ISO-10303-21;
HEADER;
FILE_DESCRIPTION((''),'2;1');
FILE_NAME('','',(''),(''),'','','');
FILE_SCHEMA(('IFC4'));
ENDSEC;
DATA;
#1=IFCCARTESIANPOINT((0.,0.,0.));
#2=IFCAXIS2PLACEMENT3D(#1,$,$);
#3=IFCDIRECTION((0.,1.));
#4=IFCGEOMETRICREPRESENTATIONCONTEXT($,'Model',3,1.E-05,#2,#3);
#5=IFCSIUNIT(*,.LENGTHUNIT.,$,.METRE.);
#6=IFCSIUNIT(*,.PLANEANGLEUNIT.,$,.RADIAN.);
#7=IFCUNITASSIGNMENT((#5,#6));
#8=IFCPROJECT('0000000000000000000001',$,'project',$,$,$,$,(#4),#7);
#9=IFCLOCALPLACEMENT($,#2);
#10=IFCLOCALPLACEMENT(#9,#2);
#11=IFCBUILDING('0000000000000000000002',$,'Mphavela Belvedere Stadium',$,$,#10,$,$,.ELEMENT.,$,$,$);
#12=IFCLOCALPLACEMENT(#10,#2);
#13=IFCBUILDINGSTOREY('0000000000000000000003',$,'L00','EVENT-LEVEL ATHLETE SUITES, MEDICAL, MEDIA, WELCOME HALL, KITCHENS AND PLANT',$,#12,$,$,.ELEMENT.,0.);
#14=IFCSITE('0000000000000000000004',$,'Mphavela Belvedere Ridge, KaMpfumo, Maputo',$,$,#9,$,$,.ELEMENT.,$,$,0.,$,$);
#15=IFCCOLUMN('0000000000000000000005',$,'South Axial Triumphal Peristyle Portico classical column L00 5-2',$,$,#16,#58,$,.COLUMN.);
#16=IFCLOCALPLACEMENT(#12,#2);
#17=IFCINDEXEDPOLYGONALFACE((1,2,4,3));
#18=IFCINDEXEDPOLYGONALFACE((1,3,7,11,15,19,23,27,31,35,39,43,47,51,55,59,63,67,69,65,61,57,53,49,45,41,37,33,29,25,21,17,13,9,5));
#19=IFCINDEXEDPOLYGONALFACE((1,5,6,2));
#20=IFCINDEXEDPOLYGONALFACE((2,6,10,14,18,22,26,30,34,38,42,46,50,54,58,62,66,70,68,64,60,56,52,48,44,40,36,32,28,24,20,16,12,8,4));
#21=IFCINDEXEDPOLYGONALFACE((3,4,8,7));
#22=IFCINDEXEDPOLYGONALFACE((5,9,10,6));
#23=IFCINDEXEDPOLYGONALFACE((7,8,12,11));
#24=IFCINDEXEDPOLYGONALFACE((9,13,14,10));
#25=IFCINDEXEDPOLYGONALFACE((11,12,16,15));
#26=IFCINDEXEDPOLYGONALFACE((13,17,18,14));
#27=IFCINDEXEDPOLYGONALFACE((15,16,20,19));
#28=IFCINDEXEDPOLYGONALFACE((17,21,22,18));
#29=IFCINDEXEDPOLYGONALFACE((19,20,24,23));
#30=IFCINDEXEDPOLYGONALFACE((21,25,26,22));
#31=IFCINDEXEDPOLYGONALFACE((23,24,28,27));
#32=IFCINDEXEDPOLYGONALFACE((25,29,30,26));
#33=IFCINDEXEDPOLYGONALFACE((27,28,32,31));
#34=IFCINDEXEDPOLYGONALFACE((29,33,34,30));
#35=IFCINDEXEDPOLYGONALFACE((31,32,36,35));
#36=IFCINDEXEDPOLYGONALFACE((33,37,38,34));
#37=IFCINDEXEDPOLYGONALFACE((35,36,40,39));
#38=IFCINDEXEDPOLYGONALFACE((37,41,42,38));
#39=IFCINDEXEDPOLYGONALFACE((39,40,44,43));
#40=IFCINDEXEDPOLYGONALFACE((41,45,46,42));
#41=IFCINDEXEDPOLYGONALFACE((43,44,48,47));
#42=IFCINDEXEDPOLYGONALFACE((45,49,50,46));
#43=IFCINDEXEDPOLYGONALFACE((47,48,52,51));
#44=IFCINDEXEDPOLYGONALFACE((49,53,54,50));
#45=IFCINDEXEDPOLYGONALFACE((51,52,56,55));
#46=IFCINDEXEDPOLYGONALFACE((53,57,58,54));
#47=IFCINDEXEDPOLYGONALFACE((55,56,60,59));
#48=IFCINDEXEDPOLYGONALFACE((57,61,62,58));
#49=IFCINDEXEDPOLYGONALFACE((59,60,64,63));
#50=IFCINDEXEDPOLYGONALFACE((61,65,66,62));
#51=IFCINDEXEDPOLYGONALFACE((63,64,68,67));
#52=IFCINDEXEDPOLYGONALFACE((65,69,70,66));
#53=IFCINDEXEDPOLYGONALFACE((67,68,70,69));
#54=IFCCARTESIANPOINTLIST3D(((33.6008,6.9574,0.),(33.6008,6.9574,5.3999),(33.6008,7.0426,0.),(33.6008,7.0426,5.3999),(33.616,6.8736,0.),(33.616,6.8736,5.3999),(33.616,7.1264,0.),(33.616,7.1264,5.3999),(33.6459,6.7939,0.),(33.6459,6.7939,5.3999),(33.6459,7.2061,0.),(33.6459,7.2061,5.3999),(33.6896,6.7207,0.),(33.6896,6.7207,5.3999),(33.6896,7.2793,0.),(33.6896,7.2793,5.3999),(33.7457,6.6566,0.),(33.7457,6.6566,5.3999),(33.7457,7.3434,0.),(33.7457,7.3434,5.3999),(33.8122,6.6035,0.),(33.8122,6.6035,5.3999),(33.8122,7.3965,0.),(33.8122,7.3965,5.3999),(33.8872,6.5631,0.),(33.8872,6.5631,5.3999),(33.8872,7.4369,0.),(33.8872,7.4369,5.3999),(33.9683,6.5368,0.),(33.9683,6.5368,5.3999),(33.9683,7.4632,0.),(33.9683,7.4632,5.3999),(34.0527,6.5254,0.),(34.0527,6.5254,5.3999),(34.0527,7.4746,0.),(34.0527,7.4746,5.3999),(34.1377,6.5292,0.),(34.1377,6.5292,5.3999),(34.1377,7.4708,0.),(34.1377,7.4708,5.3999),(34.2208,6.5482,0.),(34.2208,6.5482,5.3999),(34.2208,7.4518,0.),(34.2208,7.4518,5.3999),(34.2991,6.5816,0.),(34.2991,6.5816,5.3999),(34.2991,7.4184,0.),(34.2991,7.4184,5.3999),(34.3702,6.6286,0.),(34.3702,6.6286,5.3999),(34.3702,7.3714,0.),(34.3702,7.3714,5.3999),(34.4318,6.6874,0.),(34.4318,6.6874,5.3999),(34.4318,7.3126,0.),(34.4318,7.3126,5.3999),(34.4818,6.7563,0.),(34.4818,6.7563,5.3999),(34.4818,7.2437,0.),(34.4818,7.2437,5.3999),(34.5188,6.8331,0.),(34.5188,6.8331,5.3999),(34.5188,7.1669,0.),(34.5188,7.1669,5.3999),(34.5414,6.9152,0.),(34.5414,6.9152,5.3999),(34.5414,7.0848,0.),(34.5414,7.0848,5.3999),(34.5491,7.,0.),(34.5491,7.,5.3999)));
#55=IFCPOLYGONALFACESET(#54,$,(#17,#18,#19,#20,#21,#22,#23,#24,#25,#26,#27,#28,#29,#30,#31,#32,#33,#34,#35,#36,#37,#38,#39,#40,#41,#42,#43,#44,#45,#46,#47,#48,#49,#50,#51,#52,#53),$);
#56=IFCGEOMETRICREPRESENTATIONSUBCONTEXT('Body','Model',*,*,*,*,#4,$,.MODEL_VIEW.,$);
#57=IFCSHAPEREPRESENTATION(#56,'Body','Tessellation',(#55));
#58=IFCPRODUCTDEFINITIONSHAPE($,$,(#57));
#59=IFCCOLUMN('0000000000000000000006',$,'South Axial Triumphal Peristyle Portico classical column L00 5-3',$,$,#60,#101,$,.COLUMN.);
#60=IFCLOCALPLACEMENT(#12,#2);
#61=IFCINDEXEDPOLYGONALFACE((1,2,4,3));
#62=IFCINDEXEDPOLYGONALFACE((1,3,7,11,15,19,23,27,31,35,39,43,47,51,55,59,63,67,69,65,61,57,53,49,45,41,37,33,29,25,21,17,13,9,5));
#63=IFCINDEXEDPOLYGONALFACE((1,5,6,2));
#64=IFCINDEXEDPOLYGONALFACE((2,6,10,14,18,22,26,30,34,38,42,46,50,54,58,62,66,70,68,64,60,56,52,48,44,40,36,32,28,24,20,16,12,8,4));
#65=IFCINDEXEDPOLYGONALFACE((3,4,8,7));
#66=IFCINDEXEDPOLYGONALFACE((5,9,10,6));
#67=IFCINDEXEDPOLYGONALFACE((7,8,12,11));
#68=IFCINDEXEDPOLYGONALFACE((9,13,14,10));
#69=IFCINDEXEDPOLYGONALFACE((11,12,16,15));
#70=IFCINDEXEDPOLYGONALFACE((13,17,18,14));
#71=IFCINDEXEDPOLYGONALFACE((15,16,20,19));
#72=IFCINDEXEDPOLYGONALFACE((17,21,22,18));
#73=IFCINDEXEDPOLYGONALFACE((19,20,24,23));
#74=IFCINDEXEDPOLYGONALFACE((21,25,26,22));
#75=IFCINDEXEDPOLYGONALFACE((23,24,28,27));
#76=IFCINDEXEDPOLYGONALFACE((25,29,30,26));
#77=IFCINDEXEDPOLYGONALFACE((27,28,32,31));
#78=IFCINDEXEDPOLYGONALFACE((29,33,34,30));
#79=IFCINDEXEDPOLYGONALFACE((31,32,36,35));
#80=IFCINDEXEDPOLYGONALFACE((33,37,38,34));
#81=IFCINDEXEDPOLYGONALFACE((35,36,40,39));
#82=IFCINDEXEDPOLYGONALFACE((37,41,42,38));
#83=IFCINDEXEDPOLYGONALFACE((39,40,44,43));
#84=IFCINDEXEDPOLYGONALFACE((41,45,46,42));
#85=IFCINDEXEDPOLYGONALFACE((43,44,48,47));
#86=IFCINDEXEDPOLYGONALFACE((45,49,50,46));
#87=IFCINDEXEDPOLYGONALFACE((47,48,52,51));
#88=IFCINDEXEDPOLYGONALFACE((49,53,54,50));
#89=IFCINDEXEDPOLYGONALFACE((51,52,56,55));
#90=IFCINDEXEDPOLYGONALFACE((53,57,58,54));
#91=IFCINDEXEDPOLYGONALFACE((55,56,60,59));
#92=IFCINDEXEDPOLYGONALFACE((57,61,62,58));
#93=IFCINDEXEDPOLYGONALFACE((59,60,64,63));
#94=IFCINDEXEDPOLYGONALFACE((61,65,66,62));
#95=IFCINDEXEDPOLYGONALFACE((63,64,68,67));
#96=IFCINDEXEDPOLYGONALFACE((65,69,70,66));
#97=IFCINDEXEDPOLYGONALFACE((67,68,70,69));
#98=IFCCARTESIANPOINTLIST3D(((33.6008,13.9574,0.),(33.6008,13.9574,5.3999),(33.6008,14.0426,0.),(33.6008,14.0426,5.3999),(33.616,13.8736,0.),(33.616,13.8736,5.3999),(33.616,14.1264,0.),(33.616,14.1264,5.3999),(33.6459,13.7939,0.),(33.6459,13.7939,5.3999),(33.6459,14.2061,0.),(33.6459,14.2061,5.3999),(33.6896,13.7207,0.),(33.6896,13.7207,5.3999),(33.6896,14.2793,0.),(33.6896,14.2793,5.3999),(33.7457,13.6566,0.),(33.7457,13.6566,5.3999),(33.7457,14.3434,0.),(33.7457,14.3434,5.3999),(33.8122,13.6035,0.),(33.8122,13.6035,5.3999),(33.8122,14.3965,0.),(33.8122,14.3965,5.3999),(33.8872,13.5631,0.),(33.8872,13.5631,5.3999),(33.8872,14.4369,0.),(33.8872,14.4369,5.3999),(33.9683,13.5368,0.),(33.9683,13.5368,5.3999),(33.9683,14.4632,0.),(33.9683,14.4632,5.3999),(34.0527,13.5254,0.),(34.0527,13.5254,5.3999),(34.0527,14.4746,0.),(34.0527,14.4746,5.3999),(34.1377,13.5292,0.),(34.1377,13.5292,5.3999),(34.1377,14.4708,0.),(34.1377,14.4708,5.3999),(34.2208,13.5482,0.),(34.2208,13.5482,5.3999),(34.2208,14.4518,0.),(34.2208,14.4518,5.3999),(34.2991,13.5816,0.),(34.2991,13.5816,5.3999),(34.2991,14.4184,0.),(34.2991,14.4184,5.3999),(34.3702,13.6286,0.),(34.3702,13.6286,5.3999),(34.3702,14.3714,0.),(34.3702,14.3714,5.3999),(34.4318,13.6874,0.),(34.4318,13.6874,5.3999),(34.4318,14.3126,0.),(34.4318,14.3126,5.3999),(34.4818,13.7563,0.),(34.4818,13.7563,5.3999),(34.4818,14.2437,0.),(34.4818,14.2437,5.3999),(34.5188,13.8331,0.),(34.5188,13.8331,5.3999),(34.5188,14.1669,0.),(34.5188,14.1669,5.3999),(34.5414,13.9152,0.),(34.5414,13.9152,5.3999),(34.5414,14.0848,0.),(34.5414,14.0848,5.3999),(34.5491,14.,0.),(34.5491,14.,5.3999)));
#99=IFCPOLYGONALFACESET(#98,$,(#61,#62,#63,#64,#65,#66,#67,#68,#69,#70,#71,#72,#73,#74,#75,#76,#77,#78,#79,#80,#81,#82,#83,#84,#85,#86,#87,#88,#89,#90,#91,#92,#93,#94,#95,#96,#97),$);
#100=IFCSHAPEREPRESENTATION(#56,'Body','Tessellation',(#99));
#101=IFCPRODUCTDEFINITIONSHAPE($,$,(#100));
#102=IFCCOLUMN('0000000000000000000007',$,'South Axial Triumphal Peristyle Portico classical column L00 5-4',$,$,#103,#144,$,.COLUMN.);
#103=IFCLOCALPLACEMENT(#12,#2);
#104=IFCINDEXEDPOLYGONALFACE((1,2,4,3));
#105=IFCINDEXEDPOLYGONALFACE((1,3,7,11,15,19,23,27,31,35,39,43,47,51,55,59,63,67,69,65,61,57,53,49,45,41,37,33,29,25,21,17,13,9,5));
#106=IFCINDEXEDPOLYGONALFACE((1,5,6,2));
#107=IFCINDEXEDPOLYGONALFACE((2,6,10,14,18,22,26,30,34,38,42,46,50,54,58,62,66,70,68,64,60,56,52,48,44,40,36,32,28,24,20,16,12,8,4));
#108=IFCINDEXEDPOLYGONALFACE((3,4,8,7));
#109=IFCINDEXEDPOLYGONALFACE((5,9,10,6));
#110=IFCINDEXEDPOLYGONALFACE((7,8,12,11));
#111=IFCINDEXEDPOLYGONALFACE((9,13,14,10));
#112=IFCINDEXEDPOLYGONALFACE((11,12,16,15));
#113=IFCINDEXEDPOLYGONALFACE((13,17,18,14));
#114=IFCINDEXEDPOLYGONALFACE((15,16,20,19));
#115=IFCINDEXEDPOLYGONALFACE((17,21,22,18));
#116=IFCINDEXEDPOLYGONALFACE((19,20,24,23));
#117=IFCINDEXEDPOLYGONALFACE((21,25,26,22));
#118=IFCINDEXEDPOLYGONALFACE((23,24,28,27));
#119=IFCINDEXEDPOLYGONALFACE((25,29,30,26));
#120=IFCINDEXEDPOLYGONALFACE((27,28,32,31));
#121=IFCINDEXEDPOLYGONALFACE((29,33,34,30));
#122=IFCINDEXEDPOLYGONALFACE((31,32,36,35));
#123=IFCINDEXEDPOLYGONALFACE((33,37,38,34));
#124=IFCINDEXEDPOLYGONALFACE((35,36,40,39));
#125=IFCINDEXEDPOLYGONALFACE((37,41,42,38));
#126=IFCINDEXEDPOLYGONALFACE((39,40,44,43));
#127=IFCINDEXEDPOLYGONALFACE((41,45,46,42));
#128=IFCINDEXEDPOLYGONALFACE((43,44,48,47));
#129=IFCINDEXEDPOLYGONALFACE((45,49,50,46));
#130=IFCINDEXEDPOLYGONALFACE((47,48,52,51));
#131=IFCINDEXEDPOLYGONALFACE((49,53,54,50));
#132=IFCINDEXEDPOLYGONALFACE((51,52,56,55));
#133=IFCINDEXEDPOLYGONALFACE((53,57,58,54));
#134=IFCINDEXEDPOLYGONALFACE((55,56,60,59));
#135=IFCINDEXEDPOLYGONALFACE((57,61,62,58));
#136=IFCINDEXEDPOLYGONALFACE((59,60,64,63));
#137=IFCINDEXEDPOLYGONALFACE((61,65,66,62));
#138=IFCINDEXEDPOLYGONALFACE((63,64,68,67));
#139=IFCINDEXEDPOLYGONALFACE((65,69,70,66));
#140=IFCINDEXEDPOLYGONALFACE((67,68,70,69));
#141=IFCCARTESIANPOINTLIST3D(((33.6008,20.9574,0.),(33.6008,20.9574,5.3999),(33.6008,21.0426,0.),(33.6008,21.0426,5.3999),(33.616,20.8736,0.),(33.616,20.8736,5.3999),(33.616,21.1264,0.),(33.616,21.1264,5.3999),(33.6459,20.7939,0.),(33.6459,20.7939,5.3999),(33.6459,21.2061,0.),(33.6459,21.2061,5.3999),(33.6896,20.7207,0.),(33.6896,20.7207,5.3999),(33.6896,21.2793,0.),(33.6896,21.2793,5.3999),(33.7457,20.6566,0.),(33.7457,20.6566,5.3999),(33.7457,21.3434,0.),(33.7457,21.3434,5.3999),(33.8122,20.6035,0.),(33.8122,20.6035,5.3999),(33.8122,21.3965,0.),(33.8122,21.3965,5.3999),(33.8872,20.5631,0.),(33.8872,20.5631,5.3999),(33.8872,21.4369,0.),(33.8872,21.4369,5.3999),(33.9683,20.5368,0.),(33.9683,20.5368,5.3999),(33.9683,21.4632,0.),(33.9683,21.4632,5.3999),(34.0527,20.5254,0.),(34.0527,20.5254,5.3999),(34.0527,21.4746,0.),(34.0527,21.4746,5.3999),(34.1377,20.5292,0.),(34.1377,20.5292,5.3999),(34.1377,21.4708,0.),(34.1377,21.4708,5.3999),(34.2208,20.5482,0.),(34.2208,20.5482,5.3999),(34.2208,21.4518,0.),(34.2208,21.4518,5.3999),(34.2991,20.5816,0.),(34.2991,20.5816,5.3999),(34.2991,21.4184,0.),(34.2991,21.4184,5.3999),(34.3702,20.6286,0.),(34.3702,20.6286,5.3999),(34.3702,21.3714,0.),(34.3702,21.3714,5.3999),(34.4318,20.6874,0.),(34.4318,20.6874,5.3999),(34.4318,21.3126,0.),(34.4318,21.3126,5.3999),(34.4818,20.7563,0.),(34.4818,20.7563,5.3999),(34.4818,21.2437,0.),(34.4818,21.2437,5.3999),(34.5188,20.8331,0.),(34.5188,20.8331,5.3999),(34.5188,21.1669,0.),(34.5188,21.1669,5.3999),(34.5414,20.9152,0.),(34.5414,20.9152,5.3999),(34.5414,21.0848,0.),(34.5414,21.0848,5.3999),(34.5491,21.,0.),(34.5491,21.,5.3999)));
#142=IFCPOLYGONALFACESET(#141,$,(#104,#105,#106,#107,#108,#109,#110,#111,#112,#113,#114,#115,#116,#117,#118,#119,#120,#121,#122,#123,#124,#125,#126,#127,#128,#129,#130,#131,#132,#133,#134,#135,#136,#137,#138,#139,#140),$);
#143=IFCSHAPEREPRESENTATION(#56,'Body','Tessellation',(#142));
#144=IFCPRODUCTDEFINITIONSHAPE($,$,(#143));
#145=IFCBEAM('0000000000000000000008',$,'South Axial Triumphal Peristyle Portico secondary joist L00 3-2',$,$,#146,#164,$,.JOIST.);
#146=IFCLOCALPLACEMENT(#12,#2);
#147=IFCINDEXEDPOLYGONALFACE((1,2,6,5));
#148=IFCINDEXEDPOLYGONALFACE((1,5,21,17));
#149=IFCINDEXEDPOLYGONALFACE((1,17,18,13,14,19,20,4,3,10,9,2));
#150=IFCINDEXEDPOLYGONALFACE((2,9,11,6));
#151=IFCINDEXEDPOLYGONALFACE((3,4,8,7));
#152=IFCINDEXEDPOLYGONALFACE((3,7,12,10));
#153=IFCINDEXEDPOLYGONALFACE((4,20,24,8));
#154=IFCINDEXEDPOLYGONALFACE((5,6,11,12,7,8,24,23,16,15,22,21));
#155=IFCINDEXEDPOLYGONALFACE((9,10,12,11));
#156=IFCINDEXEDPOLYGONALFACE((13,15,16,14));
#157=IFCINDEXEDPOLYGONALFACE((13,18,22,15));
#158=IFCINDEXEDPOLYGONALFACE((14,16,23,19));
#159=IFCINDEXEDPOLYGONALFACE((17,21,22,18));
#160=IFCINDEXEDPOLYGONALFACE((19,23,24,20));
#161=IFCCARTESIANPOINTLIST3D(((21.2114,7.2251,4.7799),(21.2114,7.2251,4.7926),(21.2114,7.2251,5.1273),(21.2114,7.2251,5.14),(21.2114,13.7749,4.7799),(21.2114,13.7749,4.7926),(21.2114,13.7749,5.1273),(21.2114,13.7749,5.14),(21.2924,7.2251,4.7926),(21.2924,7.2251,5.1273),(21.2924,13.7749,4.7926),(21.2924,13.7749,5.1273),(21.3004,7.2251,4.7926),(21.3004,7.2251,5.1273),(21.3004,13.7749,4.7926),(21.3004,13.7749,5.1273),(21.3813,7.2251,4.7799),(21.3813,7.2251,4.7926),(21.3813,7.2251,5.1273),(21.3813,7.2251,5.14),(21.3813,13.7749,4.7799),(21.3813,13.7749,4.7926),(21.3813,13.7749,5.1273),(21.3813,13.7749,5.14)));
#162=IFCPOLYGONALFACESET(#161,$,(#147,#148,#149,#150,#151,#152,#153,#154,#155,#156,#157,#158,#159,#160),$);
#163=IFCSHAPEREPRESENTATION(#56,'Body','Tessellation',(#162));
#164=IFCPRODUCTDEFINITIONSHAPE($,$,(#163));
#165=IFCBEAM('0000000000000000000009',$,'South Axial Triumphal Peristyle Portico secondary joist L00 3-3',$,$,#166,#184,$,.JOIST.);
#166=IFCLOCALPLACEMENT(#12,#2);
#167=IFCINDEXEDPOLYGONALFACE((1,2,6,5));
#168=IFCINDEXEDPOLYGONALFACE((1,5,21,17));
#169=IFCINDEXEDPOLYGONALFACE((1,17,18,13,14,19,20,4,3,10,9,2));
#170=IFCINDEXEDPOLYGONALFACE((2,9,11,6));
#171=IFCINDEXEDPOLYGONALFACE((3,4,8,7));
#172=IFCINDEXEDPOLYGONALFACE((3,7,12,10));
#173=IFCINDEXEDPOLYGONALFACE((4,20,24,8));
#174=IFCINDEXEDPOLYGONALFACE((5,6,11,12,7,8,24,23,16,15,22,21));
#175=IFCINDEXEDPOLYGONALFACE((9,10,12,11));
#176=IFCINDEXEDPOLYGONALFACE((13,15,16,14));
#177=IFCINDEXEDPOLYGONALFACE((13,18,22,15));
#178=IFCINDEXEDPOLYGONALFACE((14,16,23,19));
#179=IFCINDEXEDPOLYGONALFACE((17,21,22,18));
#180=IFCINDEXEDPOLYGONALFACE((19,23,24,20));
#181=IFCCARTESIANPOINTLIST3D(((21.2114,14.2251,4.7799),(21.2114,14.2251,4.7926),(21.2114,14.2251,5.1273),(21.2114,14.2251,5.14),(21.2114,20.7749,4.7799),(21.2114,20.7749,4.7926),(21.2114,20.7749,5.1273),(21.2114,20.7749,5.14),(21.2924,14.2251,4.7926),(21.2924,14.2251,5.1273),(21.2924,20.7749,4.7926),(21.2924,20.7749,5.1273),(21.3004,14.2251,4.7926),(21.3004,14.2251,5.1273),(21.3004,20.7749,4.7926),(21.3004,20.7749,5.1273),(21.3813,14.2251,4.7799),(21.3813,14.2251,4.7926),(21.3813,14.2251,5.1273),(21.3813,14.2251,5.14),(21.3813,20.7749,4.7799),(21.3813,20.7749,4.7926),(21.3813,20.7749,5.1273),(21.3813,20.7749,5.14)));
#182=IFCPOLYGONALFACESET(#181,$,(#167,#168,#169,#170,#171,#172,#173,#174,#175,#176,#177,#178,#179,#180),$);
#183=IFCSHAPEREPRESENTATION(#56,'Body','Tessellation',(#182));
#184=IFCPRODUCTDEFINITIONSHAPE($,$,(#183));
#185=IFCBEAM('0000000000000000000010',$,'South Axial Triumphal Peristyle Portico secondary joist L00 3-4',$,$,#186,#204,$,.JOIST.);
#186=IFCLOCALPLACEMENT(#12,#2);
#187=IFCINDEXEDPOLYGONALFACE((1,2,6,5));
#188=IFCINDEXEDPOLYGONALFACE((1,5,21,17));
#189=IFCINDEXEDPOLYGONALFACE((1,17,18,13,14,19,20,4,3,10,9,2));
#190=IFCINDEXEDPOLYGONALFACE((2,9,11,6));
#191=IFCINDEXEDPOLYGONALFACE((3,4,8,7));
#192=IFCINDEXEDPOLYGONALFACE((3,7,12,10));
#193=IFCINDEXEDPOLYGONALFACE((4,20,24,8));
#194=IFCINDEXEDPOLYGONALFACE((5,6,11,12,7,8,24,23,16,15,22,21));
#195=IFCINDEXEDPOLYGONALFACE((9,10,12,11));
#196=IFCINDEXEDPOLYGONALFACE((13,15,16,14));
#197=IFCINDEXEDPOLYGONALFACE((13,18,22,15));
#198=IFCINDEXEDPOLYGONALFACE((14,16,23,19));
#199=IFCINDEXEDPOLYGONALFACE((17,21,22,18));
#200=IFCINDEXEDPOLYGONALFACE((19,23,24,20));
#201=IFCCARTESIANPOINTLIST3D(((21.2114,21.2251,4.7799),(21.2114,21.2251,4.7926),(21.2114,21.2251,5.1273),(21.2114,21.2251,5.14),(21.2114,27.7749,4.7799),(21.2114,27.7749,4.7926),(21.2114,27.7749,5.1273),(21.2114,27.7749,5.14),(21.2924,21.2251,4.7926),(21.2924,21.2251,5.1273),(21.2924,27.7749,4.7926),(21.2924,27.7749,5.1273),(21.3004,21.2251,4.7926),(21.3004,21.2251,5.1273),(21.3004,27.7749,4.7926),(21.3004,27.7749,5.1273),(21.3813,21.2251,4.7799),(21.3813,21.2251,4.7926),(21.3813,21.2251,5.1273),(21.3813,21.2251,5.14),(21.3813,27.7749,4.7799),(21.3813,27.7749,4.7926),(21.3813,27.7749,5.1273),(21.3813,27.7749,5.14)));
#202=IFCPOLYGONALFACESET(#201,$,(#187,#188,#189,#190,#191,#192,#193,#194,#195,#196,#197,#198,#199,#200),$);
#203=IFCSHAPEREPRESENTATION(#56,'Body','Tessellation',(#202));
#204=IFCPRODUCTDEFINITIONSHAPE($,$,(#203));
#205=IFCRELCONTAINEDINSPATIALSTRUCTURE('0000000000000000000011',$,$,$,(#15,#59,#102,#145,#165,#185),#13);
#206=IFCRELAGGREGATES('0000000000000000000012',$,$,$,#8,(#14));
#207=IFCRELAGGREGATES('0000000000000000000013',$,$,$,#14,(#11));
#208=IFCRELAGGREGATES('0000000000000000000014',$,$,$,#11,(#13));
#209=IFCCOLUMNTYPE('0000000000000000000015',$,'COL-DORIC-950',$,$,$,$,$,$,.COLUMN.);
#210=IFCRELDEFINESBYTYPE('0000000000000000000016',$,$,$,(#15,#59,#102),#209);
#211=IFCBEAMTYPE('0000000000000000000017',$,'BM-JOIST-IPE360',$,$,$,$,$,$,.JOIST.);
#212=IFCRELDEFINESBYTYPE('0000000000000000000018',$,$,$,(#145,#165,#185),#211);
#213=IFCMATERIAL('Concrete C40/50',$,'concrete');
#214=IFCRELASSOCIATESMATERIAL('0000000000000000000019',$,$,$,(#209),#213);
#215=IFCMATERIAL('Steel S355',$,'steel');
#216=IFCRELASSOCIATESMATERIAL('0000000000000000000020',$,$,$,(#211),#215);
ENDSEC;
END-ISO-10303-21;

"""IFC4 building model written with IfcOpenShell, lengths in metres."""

from ifc_helpers import new_model, si_unit, direction, frame, origin, origin_2d, place, context, subcontext, project, spatial, circle, i_section, extrude, material, material_profile, profile_set, type_object, element, save


model = new_model("IFC4")

# Units and contexts
model_context = context("Model", 3, precision=1e-05, world=origin(), true_north=direction((0.0, 1.0)))
body_context = subcontext(model_context, "Body", "Model", "MODEL_VIEW")
ifc_project = project(units=[si_unit("LENGTHUNIT", "METRE"), si_unit("PLANEANGLEUNIT", "RADIAN")], contexts=[model_context])

# Site, building, storey
site_placement = place(None, origin())
site = spatial("IfcSite", under=ifc_project, at=site_placement, Name="Mphavela Belvedere Ridge, KaMpfumo, Maputo", CompositionType="ELEMENT", RefElevation=0.0)
building_placement = place(site_placement, origin())
building = spatial("IfcBuilding", under=site, at=building_placement, Name="Mphavela Belvedere Stadium", CompositionType="ELEMENT")
storey_placement = place(building_placement, origin())
storey = spatial("IfcBuildingStorey", under=building, at=storey_placement, Name="L00", Description="EVENT-LEVEL ATHLETE SUITES, MEDICAL, MEDIA, WELCOME HALL, KITCHENS AND PLANT", CompositionType="ELEMENT", Elevation=0.0)

# Columns
ifc_material_1 = material(Name="Concrete C40/50", Category="concrete")
ifc_material_profile_1 = material_profile(ifc_material_1, circle(Radius=0.4751, at=origin_2d()), Name="COL D950")
ifc_profile_set_1 = profile_set([ifc_material_profile_1], Name="Concrete C40/50")
column_type = type_object("IfcColumnType", Name="COL-DORIC-950", PredefinedType="COLUMN", material=ifc_profile_set_1)
for number, where, z_axis, x_axis, name in (
    (1, (34.074, 7.0, 0.0), (0.0, 0.0, 1.0), (1.0, 0.0, 0.0), "South Axial Triumphal Peristyle Portico classical column L00 5-2"),
    (2, (34.074, 14.0, 0.0), (0.0, 0.0, 1.0), (1.0, 0.0, 0.0), "South Axial Triumphal Peristyle Portico classical column L00 5-3"),
    (3, (34.074, 21.0, 0.0), (0.0, 0.0, 1.0), (1.0, 0.0, 0.0), "South Axial Triumphal Peristyle Portico classical column L00 5-4"),
):
    element("IfcColumn", number, at=place(storey_placement, frame(where, z_axis=z_axis, x_axis=x_axis)), inside=storey, type_object=column_type, Name=name, PredefinedType="COLUMN", context=body_context, shape_type="SweptSolid", body=[
        extrude(circle(Radius=0.4751, at=origin_2d()), origin(), (0.0, 0.0, 1.0), 5.3999),
    ])

# Beams
ifc_material_2 = material(Name="Steel S355", Category="steel")
ifc_material_profile_2 = material_profile(ifc_material_2, i_section(OverallWidth=0.1699, OverallDepth=0.3601, WebThickness=0.0081, FlangeThickness=0.0127, at=origin_2d()), Name="IPE 360")
ifc_profile_set_2 = profile_set([ifc_material_profile_2], Name="Steel S355")
beam_type_1 = type_object("IfcBeamType", Name="BM-JOIST-IPE360", PredefinedType="JOIST", material=ifc_profile_set_2)
for number, where, z_axis, x_axis, name in (
    (4, (21.2964, 7.2251, 4.96), (0.0, 1.0, 0.0), (-1.0, 0.0, 0.0), "South Axial Triumphal Peristyle Portico secondary joist L00 3-2"),
    (5, (21.2964, 14.2251, 4.96), (0.0, 1.0, 0.0), (-1.0, 0.0, 0.0), "South Axial Triumphal Peristyle Portico secondary joist L00 3-3"),
    (6, (21.2964, 21.2251, 4.96), (0.0, 1.0, 0.0), (-1.0, 0.0, 0.0), "South Axial Triumphal Peristyle Portico secondary joist L00 3-4"),
):
    element("IfcBeam", number, at=place(storey_placement, frame(where, z_axis=z_axis, x_axis=x_axis)), inside=storey, type_object=beam_type_1, Name=name, PredefinedType="JOIST", context=body_context, shape_type="SweptSolid", body=[
        extrude(i_section(OverallWidth=0.1699, OverallDepth=0.3601, WebThickness=0.0081, FlangeThickness=0.0127, at=origin_2d()), origin(), (0.0, 0.0, 1.0), 6.5498),
    ])

save(model, "model.ifc")
